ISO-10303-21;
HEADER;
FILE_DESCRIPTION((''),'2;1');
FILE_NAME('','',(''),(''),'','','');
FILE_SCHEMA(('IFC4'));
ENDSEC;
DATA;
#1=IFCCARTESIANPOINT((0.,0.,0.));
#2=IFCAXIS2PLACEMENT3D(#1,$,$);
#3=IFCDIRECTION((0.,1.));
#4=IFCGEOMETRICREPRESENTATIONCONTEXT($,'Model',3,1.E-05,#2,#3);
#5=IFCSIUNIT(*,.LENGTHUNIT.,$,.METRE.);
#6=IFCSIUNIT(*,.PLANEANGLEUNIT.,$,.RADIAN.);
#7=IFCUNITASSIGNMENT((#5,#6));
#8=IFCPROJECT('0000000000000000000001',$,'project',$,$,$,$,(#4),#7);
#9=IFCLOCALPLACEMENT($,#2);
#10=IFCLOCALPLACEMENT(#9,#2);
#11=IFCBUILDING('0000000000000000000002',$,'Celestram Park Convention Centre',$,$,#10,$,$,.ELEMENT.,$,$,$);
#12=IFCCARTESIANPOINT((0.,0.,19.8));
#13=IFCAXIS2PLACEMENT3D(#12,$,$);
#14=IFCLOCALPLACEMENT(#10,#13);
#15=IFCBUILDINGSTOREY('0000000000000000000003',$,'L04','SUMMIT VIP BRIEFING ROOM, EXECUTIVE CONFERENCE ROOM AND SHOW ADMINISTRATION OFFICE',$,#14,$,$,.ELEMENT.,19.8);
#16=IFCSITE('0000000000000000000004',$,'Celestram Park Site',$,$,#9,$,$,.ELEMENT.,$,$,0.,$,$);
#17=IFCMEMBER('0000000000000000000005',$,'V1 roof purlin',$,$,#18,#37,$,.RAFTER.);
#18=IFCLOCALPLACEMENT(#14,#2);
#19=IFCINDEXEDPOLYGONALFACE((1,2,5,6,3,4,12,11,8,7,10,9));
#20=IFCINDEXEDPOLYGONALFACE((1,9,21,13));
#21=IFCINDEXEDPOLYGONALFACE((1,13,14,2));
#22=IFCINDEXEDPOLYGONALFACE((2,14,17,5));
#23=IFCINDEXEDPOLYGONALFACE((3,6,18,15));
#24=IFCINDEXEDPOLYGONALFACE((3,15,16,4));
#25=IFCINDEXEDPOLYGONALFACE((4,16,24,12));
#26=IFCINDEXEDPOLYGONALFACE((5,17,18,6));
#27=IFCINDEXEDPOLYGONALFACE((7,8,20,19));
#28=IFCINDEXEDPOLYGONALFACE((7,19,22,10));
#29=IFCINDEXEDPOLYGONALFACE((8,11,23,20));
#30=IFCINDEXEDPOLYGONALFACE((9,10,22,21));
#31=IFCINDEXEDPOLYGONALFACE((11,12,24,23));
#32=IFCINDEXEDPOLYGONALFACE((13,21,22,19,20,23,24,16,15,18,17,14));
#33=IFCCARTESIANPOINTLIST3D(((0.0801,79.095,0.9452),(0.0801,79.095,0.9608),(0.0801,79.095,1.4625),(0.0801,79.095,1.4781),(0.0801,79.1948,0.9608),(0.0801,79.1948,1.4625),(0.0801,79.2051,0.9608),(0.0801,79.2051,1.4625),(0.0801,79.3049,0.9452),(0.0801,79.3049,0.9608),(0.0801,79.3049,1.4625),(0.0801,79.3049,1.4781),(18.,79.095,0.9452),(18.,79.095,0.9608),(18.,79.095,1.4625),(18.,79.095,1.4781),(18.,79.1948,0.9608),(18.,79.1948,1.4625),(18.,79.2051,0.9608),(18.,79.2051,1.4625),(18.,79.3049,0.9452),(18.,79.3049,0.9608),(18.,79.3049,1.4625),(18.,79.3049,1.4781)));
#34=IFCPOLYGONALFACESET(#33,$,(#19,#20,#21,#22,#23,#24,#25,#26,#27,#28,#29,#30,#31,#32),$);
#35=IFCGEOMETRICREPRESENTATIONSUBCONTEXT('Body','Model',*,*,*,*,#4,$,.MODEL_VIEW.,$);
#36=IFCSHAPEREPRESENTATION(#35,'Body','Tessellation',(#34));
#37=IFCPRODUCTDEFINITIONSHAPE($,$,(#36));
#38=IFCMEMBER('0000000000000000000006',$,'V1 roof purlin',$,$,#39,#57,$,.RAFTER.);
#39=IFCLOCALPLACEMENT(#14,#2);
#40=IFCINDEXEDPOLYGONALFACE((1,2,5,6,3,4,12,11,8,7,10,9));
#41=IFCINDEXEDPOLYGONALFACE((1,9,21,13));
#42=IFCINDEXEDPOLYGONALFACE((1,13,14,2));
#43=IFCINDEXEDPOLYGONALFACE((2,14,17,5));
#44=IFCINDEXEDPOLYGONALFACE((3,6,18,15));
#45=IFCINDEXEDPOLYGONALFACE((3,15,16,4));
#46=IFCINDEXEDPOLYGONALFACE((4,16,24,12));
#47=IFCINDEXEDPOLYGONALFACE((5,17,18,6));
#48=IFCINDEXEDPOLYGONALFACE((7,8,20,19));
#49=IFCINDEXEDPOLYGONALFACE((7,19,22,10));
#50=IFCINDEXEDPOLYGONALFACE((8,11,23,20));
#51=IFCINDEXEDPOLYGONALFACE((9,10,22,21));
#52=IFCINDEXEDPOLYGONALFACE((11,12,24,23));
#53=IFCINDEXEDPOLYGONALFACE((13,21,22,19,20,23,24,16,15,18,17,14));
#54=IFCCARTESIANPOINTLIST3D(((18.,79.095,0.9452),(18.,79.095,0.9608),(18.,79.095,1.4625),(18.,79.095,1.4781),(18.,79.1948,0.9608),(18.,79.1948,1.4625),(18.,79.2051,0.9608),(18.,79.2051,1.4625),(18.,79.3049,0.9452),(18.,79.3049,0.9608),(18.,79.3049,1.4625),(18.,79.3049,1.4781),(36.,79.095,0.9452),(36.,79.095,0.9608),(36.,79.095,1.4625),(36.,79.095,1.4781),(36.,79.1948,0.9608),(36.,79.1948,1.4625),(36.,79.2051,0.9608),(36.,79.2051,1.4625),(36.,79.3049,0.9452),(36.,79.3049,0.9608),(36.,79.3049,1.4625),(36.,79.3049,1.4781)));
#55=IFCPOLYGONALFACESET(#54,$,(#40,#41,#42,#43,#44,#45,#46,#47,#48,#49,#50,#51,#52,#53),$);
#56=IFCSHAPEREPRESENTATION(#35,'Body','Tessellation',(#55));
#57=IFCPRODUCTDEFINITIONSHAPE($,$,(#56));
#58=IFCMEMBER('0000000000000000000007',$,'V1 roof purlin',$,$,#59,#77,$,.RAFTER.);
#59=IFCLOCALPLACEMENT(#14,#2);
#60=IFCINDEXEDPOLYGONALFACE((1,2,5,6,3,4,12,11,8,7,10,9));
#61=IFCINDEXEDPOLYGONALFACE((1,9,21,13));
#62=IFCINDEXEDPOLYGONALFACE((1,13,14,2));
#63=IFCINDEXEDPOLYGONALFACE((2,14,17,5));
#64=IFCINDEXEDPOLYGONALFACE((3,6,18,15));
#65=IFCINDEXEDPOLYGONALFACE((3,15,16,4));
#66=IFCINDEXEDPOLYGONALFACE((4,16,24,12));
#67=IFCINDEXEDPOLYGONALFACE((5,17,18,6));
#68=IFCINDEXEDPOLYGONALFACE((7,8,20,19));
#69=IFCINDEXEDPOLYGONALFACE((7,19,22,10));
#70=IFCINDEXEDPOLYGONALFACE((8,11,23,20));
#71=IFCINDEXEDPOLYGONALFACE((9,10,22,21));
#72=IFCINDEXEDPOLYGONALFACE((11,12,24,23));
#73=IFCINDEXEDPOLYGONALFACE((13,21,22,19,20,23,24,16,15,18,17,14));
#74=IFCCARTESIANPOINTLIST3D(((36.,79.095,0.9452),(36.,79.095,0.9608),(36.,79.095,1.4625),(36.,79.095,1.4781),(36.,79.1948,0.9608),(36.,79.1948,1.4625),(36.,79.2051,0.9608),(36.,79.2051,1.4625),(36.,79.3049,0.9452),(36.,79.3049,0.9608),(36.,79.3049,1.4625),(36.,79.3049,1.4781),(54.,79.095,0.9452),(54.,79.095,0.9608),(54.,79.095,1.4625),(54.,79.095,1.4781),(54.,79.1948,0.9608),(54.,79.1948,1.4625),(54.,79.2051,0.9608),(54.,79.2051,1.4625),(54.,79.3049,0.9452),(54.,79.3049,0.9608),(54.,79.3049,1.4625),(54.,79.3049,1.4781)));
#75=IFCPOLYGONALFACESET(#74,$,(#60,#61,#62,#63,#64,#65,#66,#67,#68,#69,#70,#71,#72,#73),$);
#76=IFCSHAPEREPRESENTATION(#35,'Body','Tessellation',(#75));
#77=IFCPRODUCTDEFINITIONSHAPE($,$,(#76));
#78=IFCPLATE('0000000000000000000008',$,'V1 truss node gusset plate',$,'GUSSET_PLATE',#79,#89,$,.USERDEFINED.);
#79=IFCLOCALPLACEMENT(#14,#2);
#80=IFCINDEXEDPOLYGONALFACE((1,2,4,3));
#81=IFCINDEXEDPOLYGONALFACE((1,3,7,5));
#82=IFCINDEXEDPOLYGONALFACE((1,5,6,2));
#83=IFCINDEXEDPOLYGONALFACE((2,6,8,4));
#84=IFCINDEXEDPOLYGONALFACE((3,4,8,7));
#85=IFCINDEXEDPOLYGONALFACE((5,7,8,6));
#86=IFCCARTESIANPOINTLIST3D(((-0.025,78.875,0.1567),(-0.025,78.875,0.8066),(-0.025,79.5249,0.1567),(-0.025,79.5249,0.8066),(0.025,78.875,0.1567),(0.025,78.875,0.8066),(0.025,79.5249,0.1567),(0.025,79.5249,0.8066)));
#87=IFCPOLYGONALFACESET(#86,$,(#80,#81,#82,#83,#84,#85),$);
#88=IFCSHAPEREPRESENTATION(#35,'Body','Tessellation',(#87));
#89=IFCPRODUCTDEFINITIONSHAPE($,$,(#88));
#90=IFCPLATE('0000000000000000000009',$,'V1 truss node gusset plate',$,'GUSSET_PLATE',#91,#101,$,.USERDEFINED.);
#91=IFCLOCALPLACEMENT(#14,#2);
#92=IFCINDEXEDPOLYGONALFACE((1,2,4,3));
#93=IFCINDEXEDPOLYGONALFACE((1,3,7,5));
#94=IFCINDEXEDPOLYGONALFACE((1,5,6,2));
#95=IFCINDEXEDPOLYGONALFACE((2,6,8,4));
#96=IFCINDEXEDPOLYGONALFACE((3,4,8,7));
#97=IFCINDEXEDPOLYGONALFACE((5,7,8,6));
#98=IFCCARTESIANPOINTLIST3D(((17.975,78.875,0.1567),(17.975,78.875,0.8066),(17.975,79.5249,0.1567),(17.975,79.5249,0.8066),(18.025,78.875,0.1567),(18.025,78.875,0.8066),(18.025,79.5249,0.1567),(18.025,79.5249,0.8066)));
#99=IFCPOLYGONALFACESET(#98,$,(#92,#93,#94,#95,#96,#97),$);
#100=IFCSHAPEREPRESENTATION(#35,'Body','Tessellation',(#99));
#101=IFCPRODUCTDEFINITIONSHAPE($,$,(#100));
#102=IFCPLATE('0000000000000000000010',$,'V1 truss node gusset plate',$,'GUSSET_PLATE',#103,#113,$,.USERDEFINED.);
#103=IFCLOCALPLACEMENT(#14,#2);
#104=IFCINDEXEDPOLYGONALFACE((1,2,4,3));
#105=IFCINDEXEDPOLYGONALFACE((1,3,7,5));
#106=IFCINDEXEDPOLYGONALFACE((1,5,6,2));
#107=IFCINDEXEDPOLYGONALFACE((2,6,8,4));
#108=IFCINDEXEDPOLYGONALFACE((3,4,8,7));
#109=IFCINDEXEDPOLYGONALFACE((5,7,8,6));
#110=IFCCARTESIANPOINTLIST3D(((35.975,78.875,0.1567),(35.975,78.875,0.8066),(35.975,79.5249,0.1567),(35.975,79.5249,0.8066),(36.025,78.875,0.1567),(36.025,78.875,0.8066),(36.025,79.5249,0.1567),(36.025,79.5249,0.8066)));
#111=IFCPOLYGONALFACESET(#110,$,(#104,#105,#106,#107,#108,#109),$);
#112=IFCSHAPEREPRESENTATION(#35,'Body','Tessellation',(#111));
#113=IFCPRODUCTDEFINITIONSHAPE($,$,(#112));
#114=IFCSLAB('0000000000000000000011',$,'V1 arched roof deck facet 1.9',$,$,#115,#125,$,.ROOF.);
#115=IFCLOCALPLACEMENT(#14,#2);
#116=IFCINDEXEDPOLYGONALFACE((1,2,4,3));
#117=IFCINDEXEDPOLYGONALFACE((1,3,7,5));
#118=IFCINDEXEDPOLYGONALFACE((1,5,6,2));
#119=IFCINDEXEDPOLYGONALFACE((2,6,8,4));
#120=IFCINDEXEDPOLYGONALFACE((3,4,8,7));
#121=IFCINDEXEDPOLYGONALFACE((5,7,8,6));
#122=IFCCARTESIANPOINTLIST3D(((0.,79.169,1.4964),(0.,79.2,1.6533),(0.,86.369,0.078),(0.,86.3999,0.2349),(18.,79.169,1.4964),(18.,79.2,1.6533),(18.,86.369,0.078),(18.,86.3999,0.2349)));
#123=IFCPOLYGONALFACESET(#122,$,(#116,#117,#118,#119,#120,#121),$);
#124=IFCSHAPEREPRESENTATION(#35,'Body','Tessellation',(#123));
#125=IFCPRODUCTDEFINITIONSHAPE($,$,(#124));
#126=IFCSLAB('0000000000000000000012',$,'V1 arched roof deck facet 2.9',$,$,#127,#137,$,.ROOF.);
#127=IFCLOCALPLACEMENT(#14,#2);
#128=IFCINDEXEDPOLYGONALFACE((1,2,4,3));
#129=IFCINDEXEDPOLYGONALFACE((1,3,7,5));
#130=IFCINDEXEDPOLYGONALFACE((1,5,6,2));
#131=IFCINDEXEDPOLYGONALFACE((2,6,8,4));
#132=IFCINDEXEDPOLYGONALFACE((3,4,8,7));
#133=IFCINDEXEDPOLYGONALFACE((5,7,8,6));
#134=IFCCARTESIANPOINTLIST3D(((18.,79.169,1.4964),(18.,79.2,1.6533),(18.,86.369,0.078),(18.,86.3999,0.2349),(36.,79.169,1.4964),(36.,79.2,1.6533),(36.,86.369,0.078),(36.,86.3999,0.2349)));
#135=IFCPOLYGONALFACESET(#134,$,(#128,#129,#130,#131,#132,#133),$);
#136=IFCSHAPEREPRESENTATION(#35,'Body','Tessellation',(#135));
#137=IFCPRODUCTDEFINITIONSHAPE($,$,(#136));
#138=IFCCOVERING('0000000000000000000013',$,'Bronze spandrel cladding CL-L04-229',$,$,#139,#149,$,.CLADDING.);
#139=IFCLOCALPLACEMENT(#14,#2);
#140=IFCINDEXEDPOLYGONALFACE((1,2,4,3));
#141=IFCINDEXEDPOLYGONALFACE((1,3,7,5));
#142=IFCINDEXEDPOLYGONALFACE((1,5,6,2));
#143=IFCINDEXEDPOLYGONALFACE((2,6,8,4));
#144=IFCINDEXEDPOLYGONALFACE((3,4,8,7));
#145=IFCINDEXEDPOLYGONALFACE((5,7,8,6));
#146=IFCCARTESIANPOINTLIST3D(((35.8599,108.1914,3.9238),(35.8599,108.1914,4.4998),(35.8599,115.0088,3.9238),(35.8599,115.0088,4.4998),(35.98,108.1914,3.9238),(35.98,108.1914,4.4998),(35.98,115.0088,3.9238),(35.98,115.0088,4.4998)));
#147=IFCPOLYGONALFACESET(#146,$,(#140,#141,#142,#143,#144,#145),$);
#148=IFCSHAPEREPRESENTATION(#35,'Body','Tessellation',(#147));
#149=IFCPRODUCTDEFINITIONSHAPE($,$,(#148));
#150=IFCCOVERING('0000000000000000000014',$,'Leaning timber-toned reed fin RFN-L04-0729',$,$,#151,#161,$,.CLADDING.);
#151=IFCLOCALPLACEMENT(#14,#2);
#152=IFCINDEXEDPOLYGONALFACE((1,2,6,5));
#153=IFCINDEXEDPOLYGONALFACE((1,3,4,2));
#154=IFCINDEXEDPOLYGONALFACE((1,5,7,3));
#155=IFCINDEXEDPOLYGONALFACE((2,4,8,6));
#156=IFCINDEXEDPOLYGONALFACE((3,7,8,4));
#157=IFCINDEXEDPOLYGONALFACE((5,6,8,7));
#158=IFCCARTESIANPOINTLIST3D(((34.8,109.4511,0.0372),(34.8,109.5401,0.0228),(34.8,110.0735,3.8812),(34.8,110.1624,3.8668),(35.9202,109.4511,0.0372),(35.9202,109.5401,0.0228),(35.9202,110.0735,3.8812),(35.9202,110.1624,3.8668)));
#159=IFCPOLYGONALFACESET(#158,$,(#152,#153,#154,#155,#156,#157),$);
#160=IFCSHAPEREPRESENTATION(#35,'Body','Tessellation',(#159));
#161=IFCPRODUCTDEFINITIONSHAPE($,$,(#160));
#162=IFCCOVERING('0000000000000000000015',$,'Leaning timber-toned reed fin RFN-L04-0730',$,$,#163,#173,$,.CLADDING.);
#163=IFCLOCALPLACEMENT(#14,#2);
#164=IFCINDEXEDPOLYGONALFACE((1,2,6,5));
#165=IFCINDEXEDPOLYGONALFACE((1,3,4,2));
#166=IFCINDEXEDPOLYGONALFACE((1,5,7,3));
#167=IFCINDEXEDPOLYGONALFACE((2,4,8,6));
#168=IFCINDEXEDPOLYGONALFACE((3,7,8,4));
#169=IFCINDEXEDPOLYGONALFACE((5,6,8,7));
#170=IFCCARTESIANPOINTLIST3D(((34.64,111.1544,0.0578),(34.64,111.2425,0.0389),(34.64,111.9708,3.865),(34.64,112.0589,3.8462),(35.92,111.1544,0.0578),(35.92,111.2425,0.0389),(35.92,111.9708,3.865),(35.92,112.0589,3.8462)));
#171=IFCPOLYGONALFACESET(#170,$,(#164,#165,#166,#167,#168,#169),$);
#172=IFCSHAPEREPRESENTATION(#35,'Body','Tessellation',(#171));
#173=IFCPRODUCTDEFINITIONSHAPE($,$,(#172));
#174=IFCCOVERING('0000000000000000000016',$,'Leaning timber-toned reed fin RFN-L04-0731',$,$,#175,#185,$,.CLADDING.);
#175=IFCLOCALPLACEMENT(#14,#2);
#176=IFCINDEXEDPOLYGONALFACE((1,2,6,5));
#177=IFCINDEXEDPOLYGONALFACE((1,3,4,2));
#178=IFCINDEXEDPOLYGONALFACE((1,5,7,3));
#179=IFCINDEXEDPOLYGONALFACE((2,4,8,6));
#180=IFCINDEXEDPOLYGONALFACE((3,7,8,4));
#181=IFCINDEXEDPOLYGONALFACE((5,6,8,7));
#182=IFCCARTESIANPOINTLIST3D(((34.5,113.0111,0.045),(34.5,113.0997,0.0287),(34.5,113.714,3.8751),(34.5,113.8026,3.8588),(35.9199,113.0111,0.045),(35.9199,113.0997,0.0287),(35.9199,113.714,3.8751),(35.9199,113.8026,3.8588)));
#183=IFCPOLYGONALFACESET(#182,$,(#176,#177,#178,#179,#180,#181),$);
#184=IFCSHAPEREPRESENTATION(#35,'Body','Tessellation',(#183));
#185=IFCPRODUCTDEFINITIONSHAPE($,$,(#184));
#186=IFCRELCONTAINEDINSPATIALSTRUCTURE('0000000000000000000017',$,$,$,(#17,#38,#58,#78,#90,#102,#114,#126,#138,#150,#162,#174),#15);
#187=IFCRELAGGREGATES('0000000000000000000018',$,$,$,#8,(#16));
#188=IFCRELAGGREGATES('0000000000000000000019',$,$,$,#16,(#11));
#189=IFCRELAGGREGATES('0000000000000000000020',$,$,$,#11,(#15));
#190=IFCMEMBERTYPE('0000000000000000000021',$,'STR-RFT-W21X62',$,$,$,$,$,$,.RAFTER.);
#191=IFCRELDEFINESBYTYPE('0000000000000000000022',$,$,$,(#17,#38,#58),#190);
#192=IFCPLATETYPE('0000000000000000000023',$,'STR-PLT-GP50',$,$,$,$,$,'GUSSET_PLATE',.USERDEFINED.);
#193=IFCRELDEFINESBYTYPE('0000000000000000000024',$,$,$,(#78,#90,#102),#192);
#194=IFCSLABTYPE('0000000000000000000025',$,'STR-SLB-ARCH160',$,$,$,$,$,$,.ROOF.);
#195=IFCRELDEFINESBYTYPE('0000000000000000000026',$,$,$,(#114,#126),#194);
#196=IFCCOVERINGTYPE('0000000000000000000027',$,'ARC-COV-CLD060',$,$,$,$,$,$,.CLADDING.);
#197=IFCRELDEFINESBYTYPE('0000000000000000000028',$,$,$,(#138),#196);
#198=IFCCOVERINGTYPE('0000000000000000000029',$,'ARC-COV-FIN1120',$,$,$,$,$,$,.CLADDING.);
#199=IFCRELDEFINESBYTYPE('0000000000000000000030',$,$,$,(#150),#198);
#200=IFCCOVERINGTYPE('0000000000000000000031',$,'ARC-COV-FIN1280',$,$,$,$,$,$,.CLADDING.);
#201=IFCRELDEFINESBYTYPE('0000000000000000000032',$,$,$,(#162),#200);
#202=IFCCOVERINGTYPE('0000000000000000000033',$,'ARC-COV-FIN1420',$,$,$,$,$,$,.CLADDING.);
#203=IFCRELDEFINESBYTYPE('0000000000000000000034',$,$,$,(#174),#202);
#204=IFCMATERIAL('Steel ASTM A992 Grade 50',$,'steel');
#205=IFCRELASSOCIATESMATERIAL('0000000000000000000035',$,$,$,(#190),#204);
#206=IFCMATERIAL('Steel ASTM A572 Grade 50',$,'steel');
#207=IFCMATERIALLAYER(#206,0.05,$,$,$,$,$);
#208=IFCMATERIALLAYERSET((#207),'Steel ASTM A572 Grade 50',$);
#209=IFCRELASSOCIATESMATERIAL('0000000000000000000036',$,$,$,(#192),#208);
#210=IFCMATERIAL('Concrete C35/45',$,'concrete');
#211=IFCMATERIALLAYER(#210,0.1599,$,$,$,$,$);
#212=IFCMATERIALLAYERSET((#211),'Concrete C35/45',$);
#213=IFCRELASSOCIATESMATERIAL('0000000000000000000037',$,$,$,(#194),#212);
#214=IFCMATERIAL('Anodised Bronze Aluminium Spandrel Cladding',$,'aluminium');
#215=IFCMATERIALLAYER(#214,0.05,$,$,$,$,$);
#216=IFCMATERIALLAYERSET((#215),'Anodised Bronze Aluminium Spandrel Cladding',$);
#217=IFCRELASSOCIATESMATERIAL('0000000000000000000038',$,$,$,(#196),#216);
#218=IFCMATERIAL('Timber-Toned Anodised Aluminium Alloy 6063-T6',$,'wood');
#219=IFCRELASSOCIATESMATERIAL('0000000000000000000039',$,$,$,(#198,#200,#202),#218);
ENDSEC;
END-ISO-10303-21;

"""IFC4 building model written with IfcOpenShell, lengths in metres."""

from ifc_helpers import new_model, si_unit, direction, frame, origin, origin_2d, place, context, subcontext, project, spatial, polyline, rectangle, i_section, outline, extrude, material, layer, layer_set, material_profile, profile_set, type_object, element, save


model = new_model("IFC4")

# Units and contexts
model_context = context("Model", 3, precision=1e-05, world=origin(), true_north=direction((0.0, 1.0)))
body_context = subcontext(model_context, "Body", "Model", "MODEL_VIEW")
ifc_project = project(units=[si_unit("LENGTHUNIT", "METRE"), si_unit("PLANEANGLEUNIT", "RADIAN")], contexts=[model_context])

# Site, building, storey
site_placement = place(None, origin())
site = spatial("IfcSite", under=ifc_project, at=site_placement, Name="Celestram Park Site", CompositionType="ELEMENT", RefElevation=0.0)
building_placement = place(site_placement, origin())
building = spatial("IfcBuilding", under=site, at=building_placement, Name="Celestram Park Convention Centre", CompositionType="ELEMENT")
storey_placement = place(building_placement, frame((0.0, 0.0, 19.8)))
storey = spatial("IfcBuildingStorey", under=building, at=storey_placement, Name="L04", Description="SUMMIT VIP BRIEFING ROOM, EXECUTIVE CONFERENCE ROOM AND SHOW ADMINISTRATION OFFICE", CompositionType="ELEMENT", Elevation=19.8)

# Members
ifc_material_1 = material(Name="Steel ASTM A992 Grade 50", Category="steel")
ifc_material_profile_1 = material_profile(ifc_material_1, i_section(OverallWidth=0.21, OverallDepth=0.533, WebThickness=0.0103, FlangeThickness=0.0156, at=origin_2d()), Name="W21X62")
ifc_profile_set_1 = profile_set([ifc_material_profile_1], Name="Steel ASTM A992 Grade 50")
member_type = type_object("IfcMemberType", Name="STR-RFT-W21X62", PredefinedType="RAFTER", material=ifc_profile_set_1)
member_placement = place(storey_placement, frame((0.0801, 79.2, 1.2117), z_axis=(1.0, 0.0, 0.0), x_axis=(0.0, 1.0, 0.0)))
element("IfcMember", 1, at=member_placement, inside=storey, type_object=member_type, Name="V1 roof purlin", PredefinedType="RAFTER", context=body_context, shape_type="SweptSolid", body=[
    extrude(i_section(OverallWidth=0.21, OverallDepth=0.533, WebThickness=0.0103, FlangeThickness=0.0156, at=origin_2d()), origin(), (0.0, 0.0, 1.0), 17.9199),
])
for number, where, z_axis, x_axis, name in (
    (2, (18.0, 79.2, 1.2117), (1.0, 0.0, 0.0), (0.0, 1.0, 0.0), "V1 roof purlin"),
    (3, (36.0, 79.2, 1.2117), (1.0, 0.0, 0.0), (0.0, 1.0, 0.0), "V1 roof purlin"),
):
    element("IfcMember", number, at=place(storey_placement, frame(where, z_axis=z_axis, x_axis=x_axis)), inside=storey, type_object=member_type, Name=name, PredefinedType="RAFTER", context=body_context, shape_type="SweptSolid", body=[
        extrude(i_section(OverallWidth=0.21, OverallDepth=0.533, WebThickness=0.0103, FlangeThickness=0.0156, at=origin_2d()), origin(), (0.0, 0.0, 1.0), 18.0),
    ])

# Plates
ifc_material_2 = material(Name="Steel ASTM A572 Grade 50", Category="steel")
ifc_layer_1 = layer(ifc_material_2, 0.05)
ifc_layer_set_1 = layer_set([ifc_layer_1], Name="Steel ASTM A572 Grade 50")
plate_type = type_object("IfcPlateType", Name="STR-PLT-GP50", ElementType="GUSSET_PLATE", PredefinedType="USERDEFINED", material=ifc_layer_set_1)
for number, where, z_axis, x_axis, name in (
    (4, (0.0, 79.2, 0.1567), (0.0, 0.0, 1.0), (0.0, 1.0, 0.0), "V1 truss node gusset plate"),
    (5, (18.0, 79.2, 0.1567), (0.0, 0.0, 1.0), (0.0, 1.0, 0.0), "V1 truss node gusset plate"),
    (6, (36.0, 79.2, 0.1567), (0.0, 0.0, 1.0), (0.0, 1.0, 0.0), "V1 truss node gusset plate"),
):
    element("IfcPlate", number, at=place(storey_placement, frame(where, z_axis=z_axis, x_axis=x_axis)), inside=storey, type_object=plate_type, Name=name, ObjectType="GUSSET_PLATE", PredefinedType="USERDEFINED", context=body_context, shape_type="SweptSolid", body=[
        extrude(rectangle(XDim=0.6499, YDim=0.05, at=origin_2d()), origin(), (0.0, 0.0, 1.0), 0.6499),
    ])

# Slabs
ifc_material_3 = material(Name="Concrete C35/45", Category="concrete")
ifc_layer_2 = layer(ifc_material_3, 0.1599)
ifc_layer_set_2 = layer_set([ifc_layer_2], Name="Concrete C35/45")
slab_type = type_object("IfcSlabType", Name="STR-SLB-ARCH160", PredefinedType="ROOF", material=ifc_layer_set_2)
for number, where, z_axis, x_axis, name in (
    (7, (0.0, 79.2, 1.6533), (0.0, 0.193294, 0.981141), (1.0, 0.0, 0.0), "V1 arched roof deck facet 1.9"),
    (8, (18.0, 79.2, 1.6533), (0.0, 0.193294, 0.981141), (1.0, 0.0, 0.0), "V1 arched roof deck facet 2.9"),
):
    element("IfcSlab", number, at=place(storey_placement, frame(where, z_axis=z_axis, x_axis=x_axis)), inside=storey, type_object=slab_type, Name=name, PredefinedType="ROOF", context=body_context, shape_type="SweptSolid", body=[
        extrude(outline(polyline([(0.0, 0.0), (18.0, 0.0), (18.0, 7.3383), (0.0, 7.3383), (0.0, 0.0)])), origin(), (0.0, 0.0, -1.0), 0.1599),
    ])

# Coverings
ifc_material_4 = material(Name="Anodised Bronze Aluminium Spandrel Cladding", Category="aluminium")
ifc_layer_3 = layer(ifc_material_4, 0.05)
ifc_layer_set_3 = layer_set([ifc_layer_3], Name="Anodised Bronze Aluminium Spandrel Cladding")
covering_type_1 = type_object("IfcCoveringType", Name="ARC-COV-CLD060", PredefinedType="CLADDING", material=ifc_layer_set_3)
covering_1_placement = place(storey_placement, frame((35.9199, 111.6001, 3.9238), z_axis=(0.0, 0.0, 1.0), x_axis=(0.0, 1.0, 0.0)))
element("IfcCovering", 9, at=covering_1_placement, inside=storey, type_object=covering_type_1, Name="Bronze spandrel cladding CL-L04-229", PredefinedType="CLADDING", context=body_context, shape_type="SweptSolid", body=[
    extrude(rectangle(XDim=6.8174, YDim=0.1201, at=origin_2d()), origin(), (0.0, 0.0, 1.0), 0.5759),
])
ifc_material_5 = material(Name="Timber-Toned Anodised Aluminium Alloy 6063-T6", Category="wood")
ifc_material_profile_2 = material_profile(ifc_material_5, rectangle(XDim=1.1201, YDim=0.0901, at=origin_2d()), Name="REED1120X90")
ifc_profile_set_2 = profile_set([ifc_material_profile_2], Name="Timber-Toned Anodised Aluminium Alloy 6063-T6")
covering_type_2 = type_object("IfcCoveringType", Name="ARC-COV-FIN1120", PredefinedType="CLADDING", material=ifc_profile_set_2)
covering_2_placement = place(storey_placement, frame((35.3601, 109.4956, 0.03), z_axis=(0.0, 0.159812, 0.987147), x_axis=(-1.0, 0.0, 0.0)))
element("IfcCovering", 10, at=covering_2_placement, inside=storey, type_object=covering_type_2, Name="Leaning timber-toned reed fin RFN-L04-0729", PredefinedType="CLADDING", context=body_context, shape_type="SweptSolid", body=[
    extrude(rectangle(XDim=1.1201, YDim=0.0901, at=origin_2d()), origin(), (0.0, 0.0, 1.0), 3.894),
])
ifc_material_profile_3 = material_profile(ifc_material_5, rectangle(XDim=1.28, YDim=0.0901, at=origin_2d()), Name="REED1280X90")
ifc_profile_set_3 = profile_set([ifc_material_profile_3], Name="Timber-Toned Anodised Aluminium Alloy 6063-T6")
covering_type_3 = type_object("IfcCoveringType", Name="ARC-COV-FIN1280", PredefinedType="CLADDING", material=ifc_profile_set_3)
covering_3_placement = place(storey_placement, frame((35.28, 111.1985, 0.0483), z_axis=(0.0, 0.209662, 0.977774), x_axis=(-1.0, 0.0, 0.0)))
element("IfcCovering", 11, at=covering_3_placement, inside=storey, type_object=covering_type_3, Name="Leaning timber-toned reed fin RFN-L04-0730", PredefinedType="CLADDING", context=body_context, shape_type="SweptSolid", body=[
    extrude(rectangle(XDim=1.28, YDim=0.0901, at=origin_2d()), origin(), (0.0, 0.0, 1.0), 3.8938),
])
ifc_material_profile_4 = material_profile(ifc_material_5, rectangle(XDim=1.4199, YDim=0.0901, at=origin_2d()), Name="REED1420X90")
ifc_profile_set_4 = profile_set([ifc_material_profile_4], Name="Timber-Toned Anodised Aluminium Alloy 6063-T6")
covering_type_4 = type_object("IfcCoveringType", Name="ARC-COV-FIN1420", PredefinedType="CLADDING", material=ifc_profile_set_4)
covering_4_placement = place(storey_placement, frame((35.21, 113.0554, 0.0369), z_axis=(0.0, 0.180502, 0.983575), x_axis=(-1.0, 0.0, 0.0)))
element("IfcCovering", 12, at=covering_4_placement, inside=storey, type_object=covering_type_4, Name="Leaning timber-toned reed fin RFN-L04-0731", PredefinedType="CLADDING", context=body_context, shape_type="SweptSolid", body=[
    extrude(rectangle(XDim=1.4199, YDim=0.0901, at=origin_2d()), origin(), (0.0, 0.0, 1.0), 3.894),
])

save(model, "model.ifc")
